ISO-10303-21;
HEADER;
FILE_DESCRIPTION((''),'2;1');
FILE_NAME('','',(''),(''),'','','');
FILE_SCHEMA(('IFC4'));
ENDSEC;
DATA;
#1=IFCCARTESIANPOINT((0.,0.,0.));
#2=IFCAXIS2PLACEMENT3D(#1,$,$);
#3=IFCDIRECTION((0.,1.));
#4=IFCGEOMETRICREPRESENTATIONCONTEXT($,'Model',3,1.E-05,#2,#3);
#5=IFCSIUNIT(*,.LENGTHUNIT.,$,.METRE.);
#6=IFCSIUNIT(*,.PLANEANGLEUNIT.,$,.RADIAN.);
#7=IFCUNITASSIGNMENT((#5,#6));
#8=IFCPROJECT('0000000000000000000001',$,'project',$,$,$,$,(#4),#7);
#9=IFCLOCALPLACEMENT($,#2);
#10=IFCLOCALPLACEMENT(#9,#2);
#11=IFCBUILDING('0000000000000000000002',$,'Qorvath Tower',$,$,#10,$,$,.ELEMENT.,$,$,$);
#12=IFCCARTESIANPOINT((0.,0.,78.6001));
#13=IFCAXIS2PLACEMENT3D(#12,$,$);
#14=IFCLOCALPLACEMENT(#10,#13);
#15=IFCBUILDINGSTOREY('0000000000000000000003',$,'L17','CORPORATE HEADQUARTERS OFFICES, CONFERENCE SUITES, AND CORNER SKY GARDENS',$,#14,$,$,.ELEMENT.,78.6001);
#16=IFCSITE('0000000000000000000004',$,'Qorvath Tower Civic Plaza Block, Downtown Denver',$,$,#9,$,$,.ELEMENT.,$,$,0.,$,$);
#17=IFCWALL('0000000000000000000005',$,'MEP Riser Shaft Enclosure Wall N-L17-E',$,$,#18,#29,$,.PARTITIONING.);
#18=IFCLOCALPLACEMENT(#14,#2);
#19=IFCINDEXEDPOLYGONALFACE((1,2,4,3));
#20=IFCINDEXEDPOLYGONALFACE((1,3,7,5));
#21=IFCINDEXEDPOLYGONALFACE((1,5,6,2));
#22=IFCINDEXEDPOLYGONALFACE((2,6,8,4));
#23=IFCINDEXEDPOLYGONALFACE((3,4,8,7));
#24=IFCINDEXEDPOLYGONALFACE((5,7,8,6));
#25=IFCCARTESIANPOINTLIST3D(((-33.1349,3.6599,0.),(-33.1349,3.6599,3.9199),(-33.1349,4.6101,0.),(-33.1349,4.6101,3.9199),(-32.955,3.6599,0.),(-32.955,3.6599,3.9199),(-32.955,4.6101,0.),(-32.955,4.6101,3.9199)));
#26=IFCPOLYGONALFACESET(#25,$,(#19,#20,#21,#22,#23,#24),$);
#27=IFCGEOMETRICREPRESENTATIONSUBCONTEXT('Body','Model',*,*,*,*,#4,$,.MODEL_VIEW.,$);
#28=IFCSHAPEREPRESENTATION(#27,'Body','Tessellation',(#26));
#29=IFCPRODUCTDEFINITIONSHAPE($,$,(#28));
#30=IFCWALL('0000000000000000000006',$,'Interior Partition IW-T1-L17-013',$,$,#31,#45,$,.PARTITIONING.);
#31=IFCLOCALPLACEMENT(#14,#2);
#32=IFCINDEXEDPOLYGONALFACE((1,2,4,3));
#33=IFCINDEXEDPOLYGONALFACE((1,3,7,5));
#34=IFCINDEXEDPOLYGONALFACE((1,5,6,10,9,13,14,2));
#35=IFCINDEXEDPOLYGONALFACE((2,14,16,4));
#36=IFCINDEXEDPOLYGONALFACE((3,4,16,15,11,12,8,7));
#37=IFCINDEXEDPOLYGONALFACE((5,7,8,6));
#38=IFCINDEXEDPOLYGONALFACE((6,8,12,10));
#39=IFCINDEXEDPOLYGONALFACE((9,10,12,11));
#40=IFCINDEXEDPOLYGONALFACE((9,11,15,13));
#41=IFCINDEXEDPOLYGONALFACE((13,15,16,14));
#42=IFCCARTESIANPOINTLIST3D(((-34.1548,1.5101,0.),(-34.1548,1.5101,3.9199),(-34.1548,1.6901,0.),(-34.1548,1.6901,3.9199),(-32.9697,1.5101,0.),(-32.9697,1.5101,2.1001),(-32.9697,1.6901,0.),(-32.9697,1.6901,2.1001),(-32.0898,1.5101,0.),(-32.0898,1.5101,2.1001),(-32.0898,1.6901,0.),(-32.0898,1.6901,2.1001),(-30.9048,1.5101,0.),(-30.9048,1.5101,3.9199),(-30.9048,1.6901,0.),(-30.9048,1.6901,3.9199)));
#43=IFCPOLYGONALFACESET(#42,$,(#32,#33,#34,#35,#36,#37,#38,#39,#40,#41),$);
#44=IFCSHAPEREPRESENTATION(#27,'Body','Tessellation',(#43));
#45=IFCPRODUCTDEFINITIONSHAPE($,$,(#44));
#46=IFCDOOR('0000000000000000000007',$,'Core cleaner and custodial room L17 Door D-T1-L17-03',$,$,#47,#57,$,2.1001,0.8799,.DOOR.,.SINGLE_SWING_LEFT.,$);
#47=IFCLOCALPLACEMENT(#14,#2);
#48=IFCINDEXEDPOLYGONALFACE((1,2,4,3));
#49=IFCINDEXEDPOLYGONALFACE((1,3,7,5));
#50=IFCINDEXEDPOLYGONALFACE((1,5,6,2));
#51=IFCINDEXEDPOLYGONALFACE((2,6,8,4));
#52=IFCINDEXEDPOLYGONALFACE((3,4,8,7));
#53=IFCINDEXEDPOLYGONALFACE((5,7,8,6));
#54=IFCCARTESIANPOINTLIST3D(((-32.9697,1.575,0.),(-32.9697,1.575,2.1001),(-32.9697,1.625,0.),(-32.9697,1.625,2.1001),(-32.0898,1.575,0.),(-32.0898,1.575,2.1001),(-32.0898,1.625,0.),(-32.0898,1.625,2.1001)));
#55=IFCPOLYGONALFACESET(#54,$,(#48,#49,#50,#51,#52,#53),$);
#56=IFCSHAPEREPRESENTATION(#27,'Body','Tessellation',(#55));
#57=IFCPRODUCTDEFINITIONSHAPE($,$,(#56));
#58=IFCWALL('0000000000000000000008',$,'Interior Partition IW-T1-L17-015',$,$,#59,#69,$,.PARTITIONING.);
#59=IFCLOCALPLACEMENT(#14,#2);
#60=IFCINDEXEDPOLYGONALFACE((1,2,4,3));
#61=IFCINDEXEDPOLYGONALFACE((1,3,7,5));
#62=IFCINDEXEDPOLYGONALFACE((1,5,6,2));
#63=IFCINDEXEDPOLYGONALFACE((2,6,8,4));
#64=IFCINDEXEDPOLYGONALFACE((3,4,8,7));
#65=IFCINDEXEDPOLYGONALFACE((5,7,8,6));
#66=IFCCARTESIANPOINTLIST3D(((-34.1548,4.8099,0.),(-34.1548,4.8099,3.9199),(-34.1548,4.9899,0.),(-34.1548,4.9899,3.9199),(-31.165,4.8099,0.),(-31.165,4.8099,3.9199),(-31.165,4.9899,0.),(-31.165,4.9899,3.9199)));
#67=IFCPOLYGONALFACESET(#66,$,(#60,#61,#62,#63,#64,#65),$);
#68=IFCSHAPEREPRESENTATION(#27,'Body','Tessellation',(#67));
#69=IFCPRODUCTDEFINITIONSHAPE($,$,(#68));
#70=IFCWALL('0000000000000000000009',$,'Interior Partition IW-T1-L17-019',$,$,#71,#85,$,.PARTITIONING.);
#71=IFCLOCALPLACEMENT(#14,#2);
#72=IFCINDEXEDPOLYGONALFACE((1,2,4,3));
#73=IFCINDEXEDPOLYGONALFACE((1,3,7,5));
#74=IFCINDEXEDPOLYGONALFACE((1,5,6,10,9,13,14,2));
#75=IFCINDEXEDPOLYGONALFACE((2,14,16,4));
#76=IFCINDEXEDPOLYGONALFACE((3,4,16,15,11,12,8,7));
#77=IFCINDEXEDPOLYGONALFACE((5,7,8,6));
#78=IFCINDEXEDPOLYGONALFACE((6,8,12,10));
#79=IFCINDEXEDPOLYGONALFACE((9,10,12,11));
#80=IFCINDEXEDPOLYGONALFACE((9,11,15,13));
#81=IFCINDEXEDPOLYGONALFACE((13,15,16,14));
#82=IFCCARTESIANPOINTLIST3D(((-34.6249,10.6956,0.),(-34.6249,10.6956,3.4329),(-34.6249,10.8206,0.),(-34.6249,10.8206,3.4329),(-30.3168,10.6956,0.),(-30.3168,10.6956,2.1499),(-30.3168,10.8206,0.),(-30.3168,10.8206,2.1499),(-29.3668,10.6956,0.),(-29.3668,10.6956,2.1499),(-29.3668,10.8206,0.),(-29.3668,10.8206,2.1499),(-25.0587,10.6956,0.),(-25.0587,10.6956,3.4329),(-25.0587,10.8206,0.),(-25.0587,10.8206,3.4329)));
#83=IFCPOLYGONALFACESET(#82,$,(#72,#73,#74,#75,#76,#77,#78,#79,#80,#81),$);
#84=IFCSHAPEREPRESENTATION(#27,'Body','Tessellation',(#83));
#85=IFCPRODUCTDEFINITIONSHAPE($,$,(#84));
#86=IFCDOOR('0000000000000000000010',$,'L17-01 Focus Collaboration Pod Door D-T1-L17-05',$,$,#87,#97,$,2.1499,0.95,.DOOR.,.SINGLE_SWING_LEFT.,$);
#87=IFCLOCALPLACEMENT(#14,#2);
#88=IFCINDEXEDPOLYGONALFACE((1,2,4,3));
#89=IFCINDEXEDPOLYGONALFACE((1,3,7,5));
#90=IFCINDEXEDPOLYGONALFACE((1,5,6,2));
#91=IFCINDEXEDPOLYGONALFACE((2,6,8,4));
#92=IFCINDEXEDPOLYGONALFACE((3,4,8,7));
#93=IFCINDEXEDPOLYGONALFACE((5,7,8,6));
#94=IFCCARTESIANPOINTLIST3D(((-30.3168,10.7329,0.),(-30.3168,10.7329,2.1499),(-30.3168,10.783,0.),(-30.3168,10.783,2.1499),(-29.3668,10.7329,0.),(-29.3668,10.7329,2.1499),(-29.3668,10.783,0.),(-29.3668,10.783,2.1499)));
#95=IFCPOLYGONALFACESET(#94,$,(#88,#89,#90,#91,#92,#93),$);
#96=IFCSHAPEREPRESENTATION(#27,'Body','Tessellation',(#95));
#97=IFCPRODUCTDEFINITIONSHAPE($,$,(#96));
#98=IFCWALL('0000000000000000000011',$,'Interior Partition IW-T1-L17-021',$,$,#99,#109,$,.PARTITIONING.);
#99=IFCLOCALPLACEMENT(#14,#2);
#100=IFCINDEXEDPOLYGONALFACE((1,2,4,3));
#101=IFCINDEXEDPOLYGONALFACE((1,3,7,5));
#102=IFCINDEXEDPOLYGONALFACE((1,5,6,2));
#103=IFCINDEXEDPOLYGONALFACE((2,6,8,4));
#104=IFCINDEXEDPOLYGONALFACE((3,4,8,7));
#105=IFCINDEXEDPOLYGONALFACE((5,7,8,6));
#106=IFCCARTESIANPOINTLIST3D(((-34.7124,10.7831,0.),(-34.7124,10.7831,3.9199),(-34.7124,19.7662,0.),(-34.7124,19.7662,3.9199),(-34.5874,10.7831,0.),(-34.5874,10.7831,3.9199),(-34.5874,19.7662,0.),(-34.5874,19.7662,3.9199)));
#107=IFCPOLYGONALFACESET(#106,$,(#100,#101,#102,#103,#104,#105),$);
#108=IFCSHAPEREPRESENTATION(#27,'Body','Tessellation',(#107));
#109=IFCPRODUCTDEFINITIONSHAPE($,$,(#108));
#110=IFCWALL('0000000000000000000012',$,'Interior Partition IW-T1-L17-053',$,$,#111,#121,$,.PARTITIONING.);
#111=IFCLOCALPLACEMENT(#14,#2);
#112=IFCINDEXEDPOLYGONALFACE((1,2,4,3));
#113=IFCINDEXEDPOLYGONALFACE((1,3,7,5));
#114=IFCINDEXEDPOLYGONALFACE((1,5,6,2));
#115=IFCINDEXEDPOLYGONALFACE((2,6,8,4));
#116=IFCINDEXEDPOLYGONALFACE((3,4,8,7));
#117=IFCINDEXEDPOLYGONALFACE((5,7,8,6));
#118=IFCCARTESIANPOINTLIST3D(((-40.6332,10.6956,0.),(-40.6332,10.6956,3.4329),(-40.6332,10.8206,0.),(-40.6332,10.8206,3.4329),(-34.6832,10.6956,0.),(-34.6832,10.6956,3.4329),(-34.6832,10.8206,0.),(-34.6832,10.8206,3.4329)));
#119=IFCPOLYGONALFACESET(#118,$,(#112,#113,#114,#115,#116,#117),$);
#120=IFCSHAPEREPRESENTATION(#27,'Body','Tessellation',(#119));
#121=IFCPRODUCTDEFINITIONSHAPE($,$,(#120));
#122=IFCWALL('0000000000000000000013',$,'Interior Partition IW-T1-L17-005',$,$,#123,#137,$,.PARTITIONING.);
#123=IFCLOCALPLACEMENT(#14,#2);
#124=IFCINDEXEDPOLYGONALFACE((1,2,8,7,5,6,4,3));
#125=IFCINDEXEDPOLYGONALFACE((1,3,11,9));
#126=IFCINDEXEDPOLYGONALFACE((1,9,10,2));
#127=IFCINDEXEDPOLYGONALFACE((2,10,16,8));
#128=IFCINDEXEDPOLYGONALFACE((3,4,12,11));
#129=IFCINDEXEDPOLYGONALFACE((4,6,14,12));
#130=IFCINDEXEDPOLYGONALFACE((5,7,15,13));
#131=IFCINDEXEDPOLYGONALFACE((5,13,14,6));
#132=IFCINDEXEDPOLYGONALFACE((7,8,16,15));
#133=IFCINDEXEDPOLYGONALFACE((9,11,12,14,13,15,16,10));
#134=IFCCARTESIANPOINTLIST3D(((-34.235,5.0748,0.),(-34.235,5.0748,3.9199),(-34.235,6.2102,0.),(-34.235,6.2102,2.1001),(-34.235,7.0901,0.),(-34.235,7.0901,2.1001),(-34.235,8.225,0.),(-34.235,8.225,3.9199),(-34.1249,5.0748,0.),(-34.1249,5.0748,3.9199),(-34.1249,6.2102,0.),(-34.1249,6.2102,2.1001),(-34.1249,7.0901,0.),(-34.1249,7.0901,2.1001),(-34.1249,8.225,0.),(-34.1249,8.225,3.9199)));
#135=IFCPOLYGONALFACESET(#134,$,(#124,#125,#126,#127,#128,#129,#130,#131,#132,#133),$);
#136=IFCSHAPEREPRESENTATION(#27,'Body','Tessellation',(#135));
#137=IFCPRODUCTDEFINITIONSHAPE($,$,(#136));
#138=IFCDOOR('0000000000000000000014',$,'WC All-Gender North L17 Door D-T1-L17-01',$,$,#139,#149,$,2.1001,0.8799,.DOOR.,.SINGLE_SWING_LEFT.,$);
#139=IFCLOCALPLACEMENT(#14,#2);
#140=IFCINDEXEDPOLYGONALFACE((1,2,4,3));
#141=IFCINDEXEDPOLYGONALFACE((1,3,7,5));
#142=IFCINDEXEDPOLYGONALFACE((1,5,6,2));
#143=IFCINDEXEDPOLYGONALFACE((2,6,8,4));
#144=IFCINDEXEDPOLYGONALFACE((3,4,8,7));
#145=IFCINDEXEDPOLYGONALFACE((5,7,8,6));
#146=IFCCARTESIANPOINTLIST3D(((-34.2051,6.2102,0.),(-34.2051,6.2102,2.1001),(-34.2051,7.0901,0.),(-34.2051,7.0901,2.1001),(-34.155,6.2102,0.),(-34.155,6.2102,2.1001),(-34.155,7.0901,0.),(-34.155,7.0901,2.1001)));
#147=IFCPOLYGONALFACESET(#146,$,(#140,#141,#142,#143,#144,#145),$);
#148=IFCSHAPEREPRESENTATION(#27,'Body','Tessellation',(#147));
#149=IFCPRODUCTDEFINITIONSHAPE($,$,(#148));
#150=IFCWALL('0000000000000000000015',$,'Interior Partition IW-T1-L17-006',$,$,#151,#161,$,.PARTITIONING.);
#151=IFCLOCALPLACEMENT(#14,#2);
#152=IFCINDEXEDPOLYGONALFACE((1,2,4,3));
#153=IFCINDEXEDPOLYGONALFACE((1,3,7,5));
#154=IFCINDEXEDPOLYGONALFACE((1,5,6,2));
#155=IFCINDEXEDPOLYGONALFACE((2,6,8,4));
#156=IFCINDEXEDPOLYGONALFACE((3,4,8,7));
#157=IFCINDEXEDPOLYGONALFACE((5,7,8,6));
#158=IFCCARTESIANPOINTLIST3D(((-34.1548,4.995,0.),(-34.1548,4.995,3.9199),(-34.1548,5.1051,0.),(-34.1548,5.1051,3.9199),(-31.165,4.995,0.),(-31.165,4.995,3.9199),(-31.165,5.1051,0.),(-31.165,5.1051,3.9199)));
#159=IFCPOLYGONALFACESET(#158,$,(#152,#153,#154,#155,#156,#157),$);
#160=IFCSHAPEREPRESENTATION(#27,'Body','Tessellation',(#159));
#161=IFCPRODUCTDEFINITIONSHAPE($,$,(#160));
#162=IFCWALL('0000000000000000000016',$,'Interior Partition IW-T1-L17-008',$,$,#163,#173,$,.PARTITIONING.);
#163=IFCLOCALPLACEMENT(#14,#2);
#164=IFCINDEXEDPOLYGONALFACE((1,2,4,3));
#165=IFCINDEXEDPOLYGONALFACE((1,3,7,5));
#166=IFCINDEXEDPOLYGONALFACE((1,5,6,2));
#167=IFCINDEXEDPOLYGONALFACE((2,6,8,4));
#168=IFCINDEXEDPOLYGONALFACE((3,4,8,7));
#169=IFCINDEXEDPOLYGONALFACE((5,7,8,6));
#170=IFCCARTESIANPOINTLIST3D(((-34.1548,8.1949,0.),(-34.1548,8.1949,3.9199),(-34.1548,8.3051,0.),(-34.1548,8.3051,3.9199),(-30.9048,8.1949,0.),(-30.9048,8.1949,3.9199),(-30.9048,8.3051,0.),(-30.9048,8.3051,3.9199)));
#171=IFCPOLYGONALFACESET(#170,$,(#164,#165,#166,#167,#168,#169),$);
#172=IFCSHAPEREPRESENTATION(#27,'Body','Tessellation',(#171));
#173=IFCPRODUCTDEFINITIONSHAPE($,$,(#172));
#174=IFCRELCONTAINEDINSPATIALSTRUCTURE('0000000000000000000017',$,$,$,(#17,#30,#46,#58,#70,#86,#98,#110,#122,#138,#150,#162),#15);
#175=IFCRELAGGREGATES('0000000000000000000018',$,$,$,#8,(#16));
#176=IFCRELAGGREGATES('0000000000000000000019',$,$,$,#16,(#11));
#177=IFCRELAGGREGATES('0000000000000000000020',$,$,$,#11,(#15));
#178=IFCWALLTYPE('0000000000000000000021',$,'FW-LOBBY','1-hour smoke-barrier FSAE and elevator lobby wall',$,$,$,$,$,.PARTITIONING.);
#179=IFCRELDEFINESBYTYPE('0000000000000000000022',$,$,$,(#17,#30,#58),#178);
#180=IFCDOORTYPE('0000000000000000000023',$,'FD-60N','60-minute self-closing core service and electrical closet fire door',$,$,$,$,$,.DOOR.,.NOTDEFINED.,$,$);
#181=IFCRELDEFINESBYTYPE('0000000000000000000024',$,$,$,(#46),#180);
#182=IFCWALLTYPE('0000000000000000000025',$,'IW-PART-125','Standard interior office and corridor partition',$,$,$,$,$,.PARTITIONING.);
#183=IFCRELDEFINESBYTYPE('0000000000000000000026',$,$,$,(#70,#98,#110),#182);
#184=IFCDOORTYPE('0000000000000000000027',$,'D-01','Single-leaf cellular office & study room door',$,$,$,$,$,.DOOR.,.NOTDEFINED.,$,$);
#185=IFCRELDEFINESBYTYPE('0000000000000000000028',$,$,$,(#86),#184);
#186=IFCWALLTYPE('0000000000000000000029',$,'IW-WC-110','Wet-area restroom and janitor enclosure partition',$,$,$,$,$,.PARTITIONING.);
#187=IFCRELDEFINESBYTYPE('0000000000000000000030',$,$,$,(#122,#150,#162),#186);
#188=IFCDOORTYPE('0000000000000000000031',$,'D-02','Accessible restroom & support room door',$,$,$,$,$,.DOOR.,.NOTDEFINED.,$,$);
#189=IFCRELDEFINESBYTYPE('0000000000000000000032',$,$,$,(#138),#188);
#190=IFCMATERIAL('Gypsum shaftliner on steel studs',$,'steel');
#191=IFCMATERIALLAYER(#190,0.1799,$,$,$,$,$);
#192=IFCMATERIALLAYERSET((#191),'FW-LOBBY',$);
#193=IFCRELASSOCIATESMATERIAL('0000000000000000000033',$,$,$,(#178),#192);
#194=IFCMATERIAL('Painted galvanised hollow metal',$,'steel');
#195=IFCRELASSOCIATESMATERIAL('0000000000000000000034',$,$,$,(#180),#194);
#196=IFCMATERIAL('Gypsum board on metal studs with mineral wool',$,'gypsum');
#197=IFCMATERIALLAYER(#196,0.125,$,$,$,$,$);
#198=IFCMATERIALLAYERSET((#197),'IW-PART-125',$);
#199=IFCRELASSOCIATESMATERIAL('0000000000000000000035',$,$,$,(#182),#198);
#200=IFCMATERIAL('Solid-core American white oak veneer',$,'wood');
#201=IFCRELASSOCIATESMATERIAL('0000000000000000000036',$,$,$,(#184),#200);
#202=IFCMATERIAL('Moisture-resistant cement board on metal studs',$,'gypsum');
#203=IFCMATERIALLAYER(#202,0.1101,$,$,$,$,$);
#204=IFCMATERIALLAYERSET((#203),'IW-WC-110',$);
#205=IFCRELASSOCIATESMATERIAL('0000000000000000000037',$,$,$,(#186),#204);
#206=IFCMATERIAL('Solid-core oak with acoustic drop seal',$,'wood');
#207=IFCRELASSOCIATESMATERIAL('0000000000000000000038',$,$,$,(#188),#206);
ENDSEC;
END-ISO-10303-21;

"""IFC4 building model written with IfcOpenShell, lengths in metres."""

from ifc_helpers import new_model, si_unit, direction, frame, frame_2d, origin, place, context, subcontext, project, spatial, rectangle, extrude, material, layer, layer_set, type_object, element, fill, save


model = new_model("IFC4")

# Units and contexts
model_context = context("Model", 3, precision=1e-05, world=origin(), true_north=direction((0.0, 1.0)))
body_context = subcontext(model_context, "Body", "Model", "MODEL_VIEW")
ifc_project = project(units=[si_unit("LENGTHUNIT", "METRE"), si_unit("PLANEANGLEUNIT", "RADIAN")], contexts=[model_context])

# Site, building, storey
site_placement = place(None, origin())
site = spatial("IfcSite", under=ifc_project, at=site_placement, Name="Qorvath Tower Civic Plaza Block, Downtown Denver", CompositionType="ELEMENT", RefElevation=0.0)
building_placement = place(site_placement, origin())
building = spatial("IfcBuilding", under=site, at=building_placement, Name="Qorvath Tower", CompositionType="ELEMENT")
storey_placement = place(building_placement, frame((0.0, 0.0, 78.6001)))
storey = spatial("IfcBuildingStorey", under=building, at=storey_placement, Name="L17", Description="CORPORATE HEADQUARTERS OFFICES, CONFERENCE SUITES, AND CORNER SKY GARDENS", CompositionType="ELEMENT", Elevation=78.6001)

# Wall
ifc_material_1 = material(Name="Gypsum shaftliner on steel studs", Category="steel")
ifc_layer_1 = layer(ifc_material_1, 0.1799)
ifc_layer_set_1 = layer_set([ifc_layer_1], Name="FW-LOBBY")
wall_type_1 = type_object("IfcWallType", Name="FW-LOBBY", Description="1-hour smoke-barrier FSAE and elevator lobby wall", PredefinedType="PARTITIONING", material=ifc_layer_set_1)
for number, where, z_axis, x_axis, name in (
    (1, (-33.0449, 4.6101, 0.0), (0.0, 0.0, 1.0), (0.0, -1.0, 0.0), "MEP Riser Shaft Enclosure Wall N-L17-E"),
):
    element("IfcWall", number, at=place(storey_placement, frame(where, z_axis=z_axis, x_axis=x_axis)), inside=storey, type_object=wall_type_1, Name=name, PredefinedType="PARTITIONING", context=body_context, shape_type="SweptSolid", body=[
        extrude(rectangle(XDim=0.9502, YDim=0.1799, at=frame_2d((0.4751, 0.0))), origin(), (0.0, 0.0, 1.0), 3.9199),
    ])

# Wall, opening, door
wall_1_placement = place(storey_placement, frame((-34.1548, 1.6001, 0.0), z_axis=(0.0, 0.0, 1.0), x_axis=(1.0, 0.0, 0.0)))
wall_1 = element("IfcWall", 2, at=wall_1_placement, inside=storey, type_object=wall_type_1, Name="Interior Partition IW-T1-L17-013", PredefinedType="PARTITIONING", context=body_context, shape_type="SweptSolid", body=[
    extrude(rectangle(XDim=3.25, YDim=0.1799, at=frame_2d((1.625, 0.0))), origin(), (0.0, 0.0, 1.0), 3.9199),
])
opening_1_placement = place(wall_1_placement, frame((1.1851, 0.0, 0.0)))
opening_1 = element("IfcOpeningElement", 3, at=opening_1_placement, cuts=wall_1, PredefinedType="OPENING", context=body_context, shape_type="SweptSolid", body=[
    extrude(rectangle(XDim=0.8799, YDim=2.1001, at=frame_2d((0.4399, 1.05))), frame((0.0, 0.1001, 0.0), z_axis=(0.0, -1.0, 0.0), x_axis=(1.0, 0.0, 0.0)), (0.0, 0.0, 1.0), 0.2),
])
ifc_material_2 = material(Name="Painted galvanised hollow metal", Category="steel")
door_type_1 = type_object("IfcDoorType", Name="FD-60N", Description="60-minute self-closing core service and electrical closet fire door", OperationType="NOTDEFINED", PredefinedType="DOOR", material=ifc_material_2)
door_1_placement = place(opening_1_placement, origin())
door_1 = element("IfcDoor", 4, at=door_1_placement, inside=storey, type_object=door_type_1, Name="Core cleaner and custodial room L17 Door D-T1-L17-03", OperationType="SINGLE_SWING_LEFT", OverallHeight=2.1001, OverallWidth=0.8799, PredefinedType="DOOR", context=body_context, shape_type="SweptSolid", body=[
    extrude(rectangle(XDim=0.8799, YDim=2.1001, at=frame_2d((0.4399, 1.05))), frame((0.0, 0.0249, 0.0), z_axis=(0.0, -1.0, 0.0), x_axis=(1.0, 0.0, 0.0)), (0.0, 0.0, 1.0), 0.05),
])
fill(opening_1, door_1)

# Wall
wall_2_placement = place(storey_placement, frame((-31.165, 4.8999, 0.0), z_axis=(0.0, 0.0, 1.0), x_axis=(-1.0, 0.0, 0.0)))
element("IfcWall", 5, at=wall_2_placement, inside=storey, type_object=wall_type_1, Name="Interior Partition IW-T1-L17-015", PredefinedType="PARTITIONING", context=body_context, shape_type="SweptSolid", body=[
    extrude(rectangle(XDim=2.9897, YDim=0.1799, at=frame_2d((1.4949, 0.0))), origin(), (0.0, 0.0, 1.0), 3.9199),
])

# Wall, opening, door
ifc_material_3 = material(Name="Gypsum board on metal studs with mineral wool", Category="gypsum")
ifc_layer_2 = layer(ifc_material_3, 0.125)
ifc_layer_set_2 = layer_set([ifc_layer_2], Name="IW-PART-125")
wall_type_2 = type_object("IfcWallType", Name="IW-PART-125", Description="Standard interior office and corridor partition", PredefinedType="PARTITIONING", material=ifc_layer_set_2)
wall_3_placement = place(storey_placement, frame((-34.625, 10.7581, 0.0), z_axis=(0.0, 0.0, 1.0), x_axis=(1.0, 0.0, 0.0)))
wall_3 = element("IfcWall", 6, at=wall_3_placement, inside=storey, type_object=wall_type_2, Name="Interior Partition IW-T1-L17-019", PredefinedType="PARTITIONING", context=body_context, shape_type="SweptSolid", body=[
    extrude(rectangle(XDim=9.5662, YDim=0.125, at=frame_2d((4.7832, 0.0))), origin(), (0.0, 0.0, 1.0), 3.4329),
])
opening_2_placement = place(wall_3_placement, frame((4.3081, 0.0, 0.0)))
opening_2 = element("IfcOpeningElement", 7, at=opening_2_placement, cuts=wall_3, PredefinedType="OPENING", context=body_context, shape_type="SweptSolid", body=[
    extrude(rectangle(XDim=0.95, YDim=2.1499, at=frame_2d((0.4751, 1.075))), frame((0.0, 0.0725, 0.0), z_axis=(0.0, -1.0, 0.0), x_axis=(1.0, 0.0, 0.0)), (0.0, 0.0, 1.0), 0.145),
])
ifc_material_4 = material(Name="Solid-core American white oak veneer", Category="wood")
door_type_2 = type_object("IfcDoorType", Name="D-01", Description="Single-leaf cellular office & study room door", OperationType="NOTDEFINED", PredefinedType="DOOR", material=ifc_material_4)
door_2_placement = place(opening_2_placement, origin())
door_2 = element("IfcDoor", 8, at=door_2_placement, inside=storey, type_object=door_type_2, Name="L17-01 Focus Collaboration Pod Door D-T1-L17-05", OperationType="SINGLE_SWING_LEFT", OverallHeight=2.1499, OverallWidth=0.95, PredefinedType="DOOR", context=body_context, shape_type="SweptSolid", body=[
    extrude(rectangle(XDim=0.95, YDim=2.1499, at=frame_2d((0.4751, 1.075))), frame((0.0, 0.0249, 0.0), z_axis=(0.0, -1.0, 0.0), x_axis=(1.0, 0.0, 0.0)), (0.0, 0.0, 1.0), 0.05),
])
fill(opening_2, door_2)

# Walls
wall_4_placement = place(storey_placement, frame((-34.6499, 19.7664, 0.0), z_axis=(0.0, 0.0, 1.0), x_axis=(0.0, -1.0, 0.0)))
element("IfcWall", 9, at=wall_4_placement, inside=storey, type_object=wall_type_2, Name="Interior Partition IW-T1-L17-021", PredefinedType="PARTITIONING", context=body_context, shape_type="SweptSolid", body=[
    extrude(rectangle(XDim=8.9832, YDim=0.125, at=frame_2d((4.4917, 0.0))), origin(), (0.0, 0.0, 1.0), 3.9199),
])
wall_5_placement = place(storey_placement, frame((-34.6831, 10.7581, 0.0), z_axis=(0.0, 0.0, 1.0), x_axis=(-1.0, 0.0, 0.0)))
element("IfcWall", 10, at=wall_5_placement, inside=storey, type_object=wall_type_2, Name="Interior Partition IW-T1-L17-053", PredefinedType="PARTITIONING", context=body_context, shape_type="SweptSolid", body=[
    extrude(rectangle(XDim=5.95, YDim=0.125, at=frame_2d((2.9751, 0.0))), origin(), (0.0, 0.0, 1.0), 3.4329),
])

# Wall, opening, door
ifc_material_5 = material(Name="Moisture-resistant cement board on metal studs", Category="gypsum")
ifc_layer_3 = layer(ifc_material_5, 0.1101)
ifc_layer_set_3 = layer_set([ifc_layer_3], Name="IW-WC-110")
wall_type_3 = type_object("IfcWallType", Name="IW-WC-110", Description="Wet-area restroom and janitor enclosure partition", PredefinedType="PARTITIONING", material=ifc_layer_set_3)
wall_6_placement = place(storey_placement, frame((-34.1799, 8.2251, 0.0), z_axis=(0.0, 0.0, 1.0), x_axis=(0.0, -1.0, 0.0)))
wall_6 = element("IfcWall", 11, at=wall_6_placement, inside=storey, type_object=wall_type_3, Name="Interior Partition IW-T1-L17-005", PredefinedType="PARTITIONING", context=body_context, shape_type="SweptSolid", body=[
    extrude(rectangle(XDim=3.1501, YDim=0.1101, at=frame_2d((1.5752, 0.0))), origin(), (0.0, 0.0, 1.0), 3.9199),
])
opening_3_placement = place(wall_6_placement, frame((1.135, 0.0, 0.0)))
opening_3 = element("IfcOpeningElement", 12, at=opening_3_placement, cuts=wall_6, PredefinedType="OPENING", context=body_context, shape_type="SweptSolid", body=[
    extrude(rectangle(XDim=0.8799, YDim=2.1001, at=frame_2d((0.4399, 1.05))), frame((0.0, 0.0649, 0.0), z_axis=(0.0, -1.0, 0.0), x_axis=(1.0, 0.0, 0.0)), (0.0, 0.0, 1.0), 0.1301),
])
ifc_material_6 = material(Name="Solid-core oak with acoustic drop seal", Category="wood")
door_type_3 = type_object("IfcDoorType", Name="D-02", Description="Accessible restroom & support room door", OperationType="NOTDEFINED", PredefinedType="DOOR", material=ifc_material_6)
door_3_placement = place(opening_3_placement, origin())
door_3 = element("IfcDoor", 13, at=door_3_placement, inside=storey, type_object=door_type_3, Name="WC All-Gender North L17 Door D-T1-L17-01", OperationType="SINGLE_SWING_LEFT", OverallHeight=2.1001, OverallWidth=0.8799, PredefinedType="DOOR", context=body_context, shape_type="SweptSolid", body=[
    extrude(rectangle(XDim=0.8799, YDim=2.1001, at=frame_2d((0.4399, 1.05))), frame((0.0, 0.0249, 0.0), z_axis=(0.0, -1.0, 0.0), x_axis=(1.0, 0.0, 0.0)), (0.0, 0.0, 1.0), 0.05),
])
fill(opening_3, door_3)

# Walls
wall_7_placement = place(storey_placement, frame((-34.1548, 5.05, 0.0), z_axis=(0.0, 0.0, 1.0), x_axis=(1.0, 0.0, 0.0)))
element("IfcWall", 14, at=wall_7_placement, inside=storey, type_object=wall_type_3, Name="Interior Partition IW-T1-L17-006", PredefinedType="PARTITIONING", context=body_context, shape_type="SweptSolid", body=[
    extrude(rectangle(XDim=2.9897, YDim=0.1101, at=frame_2d((1.4949, 0.0))), origin(), (0.0, 0.0, 1.0), 3.9199),
])
wall_8_placement = place(storey_placement, frame((-30.9048, 8.25, 0.0), z_axis=(0.0, 0.0, 1.0), x_axis=(-1.0, 0.0, 0.0)))
element("IfcWall", 15, at=wall_8_placement, inside=storey, type_object=wall_type_3, Name="Interior Partition IW-T1-L17-008", PredefinedType="PARTITIONING", context=body_context, shape_type="SweptSolid", body=[
    extrude(rectangle(XDim=3.25, YDim=0.1101, at=frame_2d((1.625, 0.0))), origin(), (0.0, 0.0, 1.0), 3.9199),
])

save(model, "model.ifc")
